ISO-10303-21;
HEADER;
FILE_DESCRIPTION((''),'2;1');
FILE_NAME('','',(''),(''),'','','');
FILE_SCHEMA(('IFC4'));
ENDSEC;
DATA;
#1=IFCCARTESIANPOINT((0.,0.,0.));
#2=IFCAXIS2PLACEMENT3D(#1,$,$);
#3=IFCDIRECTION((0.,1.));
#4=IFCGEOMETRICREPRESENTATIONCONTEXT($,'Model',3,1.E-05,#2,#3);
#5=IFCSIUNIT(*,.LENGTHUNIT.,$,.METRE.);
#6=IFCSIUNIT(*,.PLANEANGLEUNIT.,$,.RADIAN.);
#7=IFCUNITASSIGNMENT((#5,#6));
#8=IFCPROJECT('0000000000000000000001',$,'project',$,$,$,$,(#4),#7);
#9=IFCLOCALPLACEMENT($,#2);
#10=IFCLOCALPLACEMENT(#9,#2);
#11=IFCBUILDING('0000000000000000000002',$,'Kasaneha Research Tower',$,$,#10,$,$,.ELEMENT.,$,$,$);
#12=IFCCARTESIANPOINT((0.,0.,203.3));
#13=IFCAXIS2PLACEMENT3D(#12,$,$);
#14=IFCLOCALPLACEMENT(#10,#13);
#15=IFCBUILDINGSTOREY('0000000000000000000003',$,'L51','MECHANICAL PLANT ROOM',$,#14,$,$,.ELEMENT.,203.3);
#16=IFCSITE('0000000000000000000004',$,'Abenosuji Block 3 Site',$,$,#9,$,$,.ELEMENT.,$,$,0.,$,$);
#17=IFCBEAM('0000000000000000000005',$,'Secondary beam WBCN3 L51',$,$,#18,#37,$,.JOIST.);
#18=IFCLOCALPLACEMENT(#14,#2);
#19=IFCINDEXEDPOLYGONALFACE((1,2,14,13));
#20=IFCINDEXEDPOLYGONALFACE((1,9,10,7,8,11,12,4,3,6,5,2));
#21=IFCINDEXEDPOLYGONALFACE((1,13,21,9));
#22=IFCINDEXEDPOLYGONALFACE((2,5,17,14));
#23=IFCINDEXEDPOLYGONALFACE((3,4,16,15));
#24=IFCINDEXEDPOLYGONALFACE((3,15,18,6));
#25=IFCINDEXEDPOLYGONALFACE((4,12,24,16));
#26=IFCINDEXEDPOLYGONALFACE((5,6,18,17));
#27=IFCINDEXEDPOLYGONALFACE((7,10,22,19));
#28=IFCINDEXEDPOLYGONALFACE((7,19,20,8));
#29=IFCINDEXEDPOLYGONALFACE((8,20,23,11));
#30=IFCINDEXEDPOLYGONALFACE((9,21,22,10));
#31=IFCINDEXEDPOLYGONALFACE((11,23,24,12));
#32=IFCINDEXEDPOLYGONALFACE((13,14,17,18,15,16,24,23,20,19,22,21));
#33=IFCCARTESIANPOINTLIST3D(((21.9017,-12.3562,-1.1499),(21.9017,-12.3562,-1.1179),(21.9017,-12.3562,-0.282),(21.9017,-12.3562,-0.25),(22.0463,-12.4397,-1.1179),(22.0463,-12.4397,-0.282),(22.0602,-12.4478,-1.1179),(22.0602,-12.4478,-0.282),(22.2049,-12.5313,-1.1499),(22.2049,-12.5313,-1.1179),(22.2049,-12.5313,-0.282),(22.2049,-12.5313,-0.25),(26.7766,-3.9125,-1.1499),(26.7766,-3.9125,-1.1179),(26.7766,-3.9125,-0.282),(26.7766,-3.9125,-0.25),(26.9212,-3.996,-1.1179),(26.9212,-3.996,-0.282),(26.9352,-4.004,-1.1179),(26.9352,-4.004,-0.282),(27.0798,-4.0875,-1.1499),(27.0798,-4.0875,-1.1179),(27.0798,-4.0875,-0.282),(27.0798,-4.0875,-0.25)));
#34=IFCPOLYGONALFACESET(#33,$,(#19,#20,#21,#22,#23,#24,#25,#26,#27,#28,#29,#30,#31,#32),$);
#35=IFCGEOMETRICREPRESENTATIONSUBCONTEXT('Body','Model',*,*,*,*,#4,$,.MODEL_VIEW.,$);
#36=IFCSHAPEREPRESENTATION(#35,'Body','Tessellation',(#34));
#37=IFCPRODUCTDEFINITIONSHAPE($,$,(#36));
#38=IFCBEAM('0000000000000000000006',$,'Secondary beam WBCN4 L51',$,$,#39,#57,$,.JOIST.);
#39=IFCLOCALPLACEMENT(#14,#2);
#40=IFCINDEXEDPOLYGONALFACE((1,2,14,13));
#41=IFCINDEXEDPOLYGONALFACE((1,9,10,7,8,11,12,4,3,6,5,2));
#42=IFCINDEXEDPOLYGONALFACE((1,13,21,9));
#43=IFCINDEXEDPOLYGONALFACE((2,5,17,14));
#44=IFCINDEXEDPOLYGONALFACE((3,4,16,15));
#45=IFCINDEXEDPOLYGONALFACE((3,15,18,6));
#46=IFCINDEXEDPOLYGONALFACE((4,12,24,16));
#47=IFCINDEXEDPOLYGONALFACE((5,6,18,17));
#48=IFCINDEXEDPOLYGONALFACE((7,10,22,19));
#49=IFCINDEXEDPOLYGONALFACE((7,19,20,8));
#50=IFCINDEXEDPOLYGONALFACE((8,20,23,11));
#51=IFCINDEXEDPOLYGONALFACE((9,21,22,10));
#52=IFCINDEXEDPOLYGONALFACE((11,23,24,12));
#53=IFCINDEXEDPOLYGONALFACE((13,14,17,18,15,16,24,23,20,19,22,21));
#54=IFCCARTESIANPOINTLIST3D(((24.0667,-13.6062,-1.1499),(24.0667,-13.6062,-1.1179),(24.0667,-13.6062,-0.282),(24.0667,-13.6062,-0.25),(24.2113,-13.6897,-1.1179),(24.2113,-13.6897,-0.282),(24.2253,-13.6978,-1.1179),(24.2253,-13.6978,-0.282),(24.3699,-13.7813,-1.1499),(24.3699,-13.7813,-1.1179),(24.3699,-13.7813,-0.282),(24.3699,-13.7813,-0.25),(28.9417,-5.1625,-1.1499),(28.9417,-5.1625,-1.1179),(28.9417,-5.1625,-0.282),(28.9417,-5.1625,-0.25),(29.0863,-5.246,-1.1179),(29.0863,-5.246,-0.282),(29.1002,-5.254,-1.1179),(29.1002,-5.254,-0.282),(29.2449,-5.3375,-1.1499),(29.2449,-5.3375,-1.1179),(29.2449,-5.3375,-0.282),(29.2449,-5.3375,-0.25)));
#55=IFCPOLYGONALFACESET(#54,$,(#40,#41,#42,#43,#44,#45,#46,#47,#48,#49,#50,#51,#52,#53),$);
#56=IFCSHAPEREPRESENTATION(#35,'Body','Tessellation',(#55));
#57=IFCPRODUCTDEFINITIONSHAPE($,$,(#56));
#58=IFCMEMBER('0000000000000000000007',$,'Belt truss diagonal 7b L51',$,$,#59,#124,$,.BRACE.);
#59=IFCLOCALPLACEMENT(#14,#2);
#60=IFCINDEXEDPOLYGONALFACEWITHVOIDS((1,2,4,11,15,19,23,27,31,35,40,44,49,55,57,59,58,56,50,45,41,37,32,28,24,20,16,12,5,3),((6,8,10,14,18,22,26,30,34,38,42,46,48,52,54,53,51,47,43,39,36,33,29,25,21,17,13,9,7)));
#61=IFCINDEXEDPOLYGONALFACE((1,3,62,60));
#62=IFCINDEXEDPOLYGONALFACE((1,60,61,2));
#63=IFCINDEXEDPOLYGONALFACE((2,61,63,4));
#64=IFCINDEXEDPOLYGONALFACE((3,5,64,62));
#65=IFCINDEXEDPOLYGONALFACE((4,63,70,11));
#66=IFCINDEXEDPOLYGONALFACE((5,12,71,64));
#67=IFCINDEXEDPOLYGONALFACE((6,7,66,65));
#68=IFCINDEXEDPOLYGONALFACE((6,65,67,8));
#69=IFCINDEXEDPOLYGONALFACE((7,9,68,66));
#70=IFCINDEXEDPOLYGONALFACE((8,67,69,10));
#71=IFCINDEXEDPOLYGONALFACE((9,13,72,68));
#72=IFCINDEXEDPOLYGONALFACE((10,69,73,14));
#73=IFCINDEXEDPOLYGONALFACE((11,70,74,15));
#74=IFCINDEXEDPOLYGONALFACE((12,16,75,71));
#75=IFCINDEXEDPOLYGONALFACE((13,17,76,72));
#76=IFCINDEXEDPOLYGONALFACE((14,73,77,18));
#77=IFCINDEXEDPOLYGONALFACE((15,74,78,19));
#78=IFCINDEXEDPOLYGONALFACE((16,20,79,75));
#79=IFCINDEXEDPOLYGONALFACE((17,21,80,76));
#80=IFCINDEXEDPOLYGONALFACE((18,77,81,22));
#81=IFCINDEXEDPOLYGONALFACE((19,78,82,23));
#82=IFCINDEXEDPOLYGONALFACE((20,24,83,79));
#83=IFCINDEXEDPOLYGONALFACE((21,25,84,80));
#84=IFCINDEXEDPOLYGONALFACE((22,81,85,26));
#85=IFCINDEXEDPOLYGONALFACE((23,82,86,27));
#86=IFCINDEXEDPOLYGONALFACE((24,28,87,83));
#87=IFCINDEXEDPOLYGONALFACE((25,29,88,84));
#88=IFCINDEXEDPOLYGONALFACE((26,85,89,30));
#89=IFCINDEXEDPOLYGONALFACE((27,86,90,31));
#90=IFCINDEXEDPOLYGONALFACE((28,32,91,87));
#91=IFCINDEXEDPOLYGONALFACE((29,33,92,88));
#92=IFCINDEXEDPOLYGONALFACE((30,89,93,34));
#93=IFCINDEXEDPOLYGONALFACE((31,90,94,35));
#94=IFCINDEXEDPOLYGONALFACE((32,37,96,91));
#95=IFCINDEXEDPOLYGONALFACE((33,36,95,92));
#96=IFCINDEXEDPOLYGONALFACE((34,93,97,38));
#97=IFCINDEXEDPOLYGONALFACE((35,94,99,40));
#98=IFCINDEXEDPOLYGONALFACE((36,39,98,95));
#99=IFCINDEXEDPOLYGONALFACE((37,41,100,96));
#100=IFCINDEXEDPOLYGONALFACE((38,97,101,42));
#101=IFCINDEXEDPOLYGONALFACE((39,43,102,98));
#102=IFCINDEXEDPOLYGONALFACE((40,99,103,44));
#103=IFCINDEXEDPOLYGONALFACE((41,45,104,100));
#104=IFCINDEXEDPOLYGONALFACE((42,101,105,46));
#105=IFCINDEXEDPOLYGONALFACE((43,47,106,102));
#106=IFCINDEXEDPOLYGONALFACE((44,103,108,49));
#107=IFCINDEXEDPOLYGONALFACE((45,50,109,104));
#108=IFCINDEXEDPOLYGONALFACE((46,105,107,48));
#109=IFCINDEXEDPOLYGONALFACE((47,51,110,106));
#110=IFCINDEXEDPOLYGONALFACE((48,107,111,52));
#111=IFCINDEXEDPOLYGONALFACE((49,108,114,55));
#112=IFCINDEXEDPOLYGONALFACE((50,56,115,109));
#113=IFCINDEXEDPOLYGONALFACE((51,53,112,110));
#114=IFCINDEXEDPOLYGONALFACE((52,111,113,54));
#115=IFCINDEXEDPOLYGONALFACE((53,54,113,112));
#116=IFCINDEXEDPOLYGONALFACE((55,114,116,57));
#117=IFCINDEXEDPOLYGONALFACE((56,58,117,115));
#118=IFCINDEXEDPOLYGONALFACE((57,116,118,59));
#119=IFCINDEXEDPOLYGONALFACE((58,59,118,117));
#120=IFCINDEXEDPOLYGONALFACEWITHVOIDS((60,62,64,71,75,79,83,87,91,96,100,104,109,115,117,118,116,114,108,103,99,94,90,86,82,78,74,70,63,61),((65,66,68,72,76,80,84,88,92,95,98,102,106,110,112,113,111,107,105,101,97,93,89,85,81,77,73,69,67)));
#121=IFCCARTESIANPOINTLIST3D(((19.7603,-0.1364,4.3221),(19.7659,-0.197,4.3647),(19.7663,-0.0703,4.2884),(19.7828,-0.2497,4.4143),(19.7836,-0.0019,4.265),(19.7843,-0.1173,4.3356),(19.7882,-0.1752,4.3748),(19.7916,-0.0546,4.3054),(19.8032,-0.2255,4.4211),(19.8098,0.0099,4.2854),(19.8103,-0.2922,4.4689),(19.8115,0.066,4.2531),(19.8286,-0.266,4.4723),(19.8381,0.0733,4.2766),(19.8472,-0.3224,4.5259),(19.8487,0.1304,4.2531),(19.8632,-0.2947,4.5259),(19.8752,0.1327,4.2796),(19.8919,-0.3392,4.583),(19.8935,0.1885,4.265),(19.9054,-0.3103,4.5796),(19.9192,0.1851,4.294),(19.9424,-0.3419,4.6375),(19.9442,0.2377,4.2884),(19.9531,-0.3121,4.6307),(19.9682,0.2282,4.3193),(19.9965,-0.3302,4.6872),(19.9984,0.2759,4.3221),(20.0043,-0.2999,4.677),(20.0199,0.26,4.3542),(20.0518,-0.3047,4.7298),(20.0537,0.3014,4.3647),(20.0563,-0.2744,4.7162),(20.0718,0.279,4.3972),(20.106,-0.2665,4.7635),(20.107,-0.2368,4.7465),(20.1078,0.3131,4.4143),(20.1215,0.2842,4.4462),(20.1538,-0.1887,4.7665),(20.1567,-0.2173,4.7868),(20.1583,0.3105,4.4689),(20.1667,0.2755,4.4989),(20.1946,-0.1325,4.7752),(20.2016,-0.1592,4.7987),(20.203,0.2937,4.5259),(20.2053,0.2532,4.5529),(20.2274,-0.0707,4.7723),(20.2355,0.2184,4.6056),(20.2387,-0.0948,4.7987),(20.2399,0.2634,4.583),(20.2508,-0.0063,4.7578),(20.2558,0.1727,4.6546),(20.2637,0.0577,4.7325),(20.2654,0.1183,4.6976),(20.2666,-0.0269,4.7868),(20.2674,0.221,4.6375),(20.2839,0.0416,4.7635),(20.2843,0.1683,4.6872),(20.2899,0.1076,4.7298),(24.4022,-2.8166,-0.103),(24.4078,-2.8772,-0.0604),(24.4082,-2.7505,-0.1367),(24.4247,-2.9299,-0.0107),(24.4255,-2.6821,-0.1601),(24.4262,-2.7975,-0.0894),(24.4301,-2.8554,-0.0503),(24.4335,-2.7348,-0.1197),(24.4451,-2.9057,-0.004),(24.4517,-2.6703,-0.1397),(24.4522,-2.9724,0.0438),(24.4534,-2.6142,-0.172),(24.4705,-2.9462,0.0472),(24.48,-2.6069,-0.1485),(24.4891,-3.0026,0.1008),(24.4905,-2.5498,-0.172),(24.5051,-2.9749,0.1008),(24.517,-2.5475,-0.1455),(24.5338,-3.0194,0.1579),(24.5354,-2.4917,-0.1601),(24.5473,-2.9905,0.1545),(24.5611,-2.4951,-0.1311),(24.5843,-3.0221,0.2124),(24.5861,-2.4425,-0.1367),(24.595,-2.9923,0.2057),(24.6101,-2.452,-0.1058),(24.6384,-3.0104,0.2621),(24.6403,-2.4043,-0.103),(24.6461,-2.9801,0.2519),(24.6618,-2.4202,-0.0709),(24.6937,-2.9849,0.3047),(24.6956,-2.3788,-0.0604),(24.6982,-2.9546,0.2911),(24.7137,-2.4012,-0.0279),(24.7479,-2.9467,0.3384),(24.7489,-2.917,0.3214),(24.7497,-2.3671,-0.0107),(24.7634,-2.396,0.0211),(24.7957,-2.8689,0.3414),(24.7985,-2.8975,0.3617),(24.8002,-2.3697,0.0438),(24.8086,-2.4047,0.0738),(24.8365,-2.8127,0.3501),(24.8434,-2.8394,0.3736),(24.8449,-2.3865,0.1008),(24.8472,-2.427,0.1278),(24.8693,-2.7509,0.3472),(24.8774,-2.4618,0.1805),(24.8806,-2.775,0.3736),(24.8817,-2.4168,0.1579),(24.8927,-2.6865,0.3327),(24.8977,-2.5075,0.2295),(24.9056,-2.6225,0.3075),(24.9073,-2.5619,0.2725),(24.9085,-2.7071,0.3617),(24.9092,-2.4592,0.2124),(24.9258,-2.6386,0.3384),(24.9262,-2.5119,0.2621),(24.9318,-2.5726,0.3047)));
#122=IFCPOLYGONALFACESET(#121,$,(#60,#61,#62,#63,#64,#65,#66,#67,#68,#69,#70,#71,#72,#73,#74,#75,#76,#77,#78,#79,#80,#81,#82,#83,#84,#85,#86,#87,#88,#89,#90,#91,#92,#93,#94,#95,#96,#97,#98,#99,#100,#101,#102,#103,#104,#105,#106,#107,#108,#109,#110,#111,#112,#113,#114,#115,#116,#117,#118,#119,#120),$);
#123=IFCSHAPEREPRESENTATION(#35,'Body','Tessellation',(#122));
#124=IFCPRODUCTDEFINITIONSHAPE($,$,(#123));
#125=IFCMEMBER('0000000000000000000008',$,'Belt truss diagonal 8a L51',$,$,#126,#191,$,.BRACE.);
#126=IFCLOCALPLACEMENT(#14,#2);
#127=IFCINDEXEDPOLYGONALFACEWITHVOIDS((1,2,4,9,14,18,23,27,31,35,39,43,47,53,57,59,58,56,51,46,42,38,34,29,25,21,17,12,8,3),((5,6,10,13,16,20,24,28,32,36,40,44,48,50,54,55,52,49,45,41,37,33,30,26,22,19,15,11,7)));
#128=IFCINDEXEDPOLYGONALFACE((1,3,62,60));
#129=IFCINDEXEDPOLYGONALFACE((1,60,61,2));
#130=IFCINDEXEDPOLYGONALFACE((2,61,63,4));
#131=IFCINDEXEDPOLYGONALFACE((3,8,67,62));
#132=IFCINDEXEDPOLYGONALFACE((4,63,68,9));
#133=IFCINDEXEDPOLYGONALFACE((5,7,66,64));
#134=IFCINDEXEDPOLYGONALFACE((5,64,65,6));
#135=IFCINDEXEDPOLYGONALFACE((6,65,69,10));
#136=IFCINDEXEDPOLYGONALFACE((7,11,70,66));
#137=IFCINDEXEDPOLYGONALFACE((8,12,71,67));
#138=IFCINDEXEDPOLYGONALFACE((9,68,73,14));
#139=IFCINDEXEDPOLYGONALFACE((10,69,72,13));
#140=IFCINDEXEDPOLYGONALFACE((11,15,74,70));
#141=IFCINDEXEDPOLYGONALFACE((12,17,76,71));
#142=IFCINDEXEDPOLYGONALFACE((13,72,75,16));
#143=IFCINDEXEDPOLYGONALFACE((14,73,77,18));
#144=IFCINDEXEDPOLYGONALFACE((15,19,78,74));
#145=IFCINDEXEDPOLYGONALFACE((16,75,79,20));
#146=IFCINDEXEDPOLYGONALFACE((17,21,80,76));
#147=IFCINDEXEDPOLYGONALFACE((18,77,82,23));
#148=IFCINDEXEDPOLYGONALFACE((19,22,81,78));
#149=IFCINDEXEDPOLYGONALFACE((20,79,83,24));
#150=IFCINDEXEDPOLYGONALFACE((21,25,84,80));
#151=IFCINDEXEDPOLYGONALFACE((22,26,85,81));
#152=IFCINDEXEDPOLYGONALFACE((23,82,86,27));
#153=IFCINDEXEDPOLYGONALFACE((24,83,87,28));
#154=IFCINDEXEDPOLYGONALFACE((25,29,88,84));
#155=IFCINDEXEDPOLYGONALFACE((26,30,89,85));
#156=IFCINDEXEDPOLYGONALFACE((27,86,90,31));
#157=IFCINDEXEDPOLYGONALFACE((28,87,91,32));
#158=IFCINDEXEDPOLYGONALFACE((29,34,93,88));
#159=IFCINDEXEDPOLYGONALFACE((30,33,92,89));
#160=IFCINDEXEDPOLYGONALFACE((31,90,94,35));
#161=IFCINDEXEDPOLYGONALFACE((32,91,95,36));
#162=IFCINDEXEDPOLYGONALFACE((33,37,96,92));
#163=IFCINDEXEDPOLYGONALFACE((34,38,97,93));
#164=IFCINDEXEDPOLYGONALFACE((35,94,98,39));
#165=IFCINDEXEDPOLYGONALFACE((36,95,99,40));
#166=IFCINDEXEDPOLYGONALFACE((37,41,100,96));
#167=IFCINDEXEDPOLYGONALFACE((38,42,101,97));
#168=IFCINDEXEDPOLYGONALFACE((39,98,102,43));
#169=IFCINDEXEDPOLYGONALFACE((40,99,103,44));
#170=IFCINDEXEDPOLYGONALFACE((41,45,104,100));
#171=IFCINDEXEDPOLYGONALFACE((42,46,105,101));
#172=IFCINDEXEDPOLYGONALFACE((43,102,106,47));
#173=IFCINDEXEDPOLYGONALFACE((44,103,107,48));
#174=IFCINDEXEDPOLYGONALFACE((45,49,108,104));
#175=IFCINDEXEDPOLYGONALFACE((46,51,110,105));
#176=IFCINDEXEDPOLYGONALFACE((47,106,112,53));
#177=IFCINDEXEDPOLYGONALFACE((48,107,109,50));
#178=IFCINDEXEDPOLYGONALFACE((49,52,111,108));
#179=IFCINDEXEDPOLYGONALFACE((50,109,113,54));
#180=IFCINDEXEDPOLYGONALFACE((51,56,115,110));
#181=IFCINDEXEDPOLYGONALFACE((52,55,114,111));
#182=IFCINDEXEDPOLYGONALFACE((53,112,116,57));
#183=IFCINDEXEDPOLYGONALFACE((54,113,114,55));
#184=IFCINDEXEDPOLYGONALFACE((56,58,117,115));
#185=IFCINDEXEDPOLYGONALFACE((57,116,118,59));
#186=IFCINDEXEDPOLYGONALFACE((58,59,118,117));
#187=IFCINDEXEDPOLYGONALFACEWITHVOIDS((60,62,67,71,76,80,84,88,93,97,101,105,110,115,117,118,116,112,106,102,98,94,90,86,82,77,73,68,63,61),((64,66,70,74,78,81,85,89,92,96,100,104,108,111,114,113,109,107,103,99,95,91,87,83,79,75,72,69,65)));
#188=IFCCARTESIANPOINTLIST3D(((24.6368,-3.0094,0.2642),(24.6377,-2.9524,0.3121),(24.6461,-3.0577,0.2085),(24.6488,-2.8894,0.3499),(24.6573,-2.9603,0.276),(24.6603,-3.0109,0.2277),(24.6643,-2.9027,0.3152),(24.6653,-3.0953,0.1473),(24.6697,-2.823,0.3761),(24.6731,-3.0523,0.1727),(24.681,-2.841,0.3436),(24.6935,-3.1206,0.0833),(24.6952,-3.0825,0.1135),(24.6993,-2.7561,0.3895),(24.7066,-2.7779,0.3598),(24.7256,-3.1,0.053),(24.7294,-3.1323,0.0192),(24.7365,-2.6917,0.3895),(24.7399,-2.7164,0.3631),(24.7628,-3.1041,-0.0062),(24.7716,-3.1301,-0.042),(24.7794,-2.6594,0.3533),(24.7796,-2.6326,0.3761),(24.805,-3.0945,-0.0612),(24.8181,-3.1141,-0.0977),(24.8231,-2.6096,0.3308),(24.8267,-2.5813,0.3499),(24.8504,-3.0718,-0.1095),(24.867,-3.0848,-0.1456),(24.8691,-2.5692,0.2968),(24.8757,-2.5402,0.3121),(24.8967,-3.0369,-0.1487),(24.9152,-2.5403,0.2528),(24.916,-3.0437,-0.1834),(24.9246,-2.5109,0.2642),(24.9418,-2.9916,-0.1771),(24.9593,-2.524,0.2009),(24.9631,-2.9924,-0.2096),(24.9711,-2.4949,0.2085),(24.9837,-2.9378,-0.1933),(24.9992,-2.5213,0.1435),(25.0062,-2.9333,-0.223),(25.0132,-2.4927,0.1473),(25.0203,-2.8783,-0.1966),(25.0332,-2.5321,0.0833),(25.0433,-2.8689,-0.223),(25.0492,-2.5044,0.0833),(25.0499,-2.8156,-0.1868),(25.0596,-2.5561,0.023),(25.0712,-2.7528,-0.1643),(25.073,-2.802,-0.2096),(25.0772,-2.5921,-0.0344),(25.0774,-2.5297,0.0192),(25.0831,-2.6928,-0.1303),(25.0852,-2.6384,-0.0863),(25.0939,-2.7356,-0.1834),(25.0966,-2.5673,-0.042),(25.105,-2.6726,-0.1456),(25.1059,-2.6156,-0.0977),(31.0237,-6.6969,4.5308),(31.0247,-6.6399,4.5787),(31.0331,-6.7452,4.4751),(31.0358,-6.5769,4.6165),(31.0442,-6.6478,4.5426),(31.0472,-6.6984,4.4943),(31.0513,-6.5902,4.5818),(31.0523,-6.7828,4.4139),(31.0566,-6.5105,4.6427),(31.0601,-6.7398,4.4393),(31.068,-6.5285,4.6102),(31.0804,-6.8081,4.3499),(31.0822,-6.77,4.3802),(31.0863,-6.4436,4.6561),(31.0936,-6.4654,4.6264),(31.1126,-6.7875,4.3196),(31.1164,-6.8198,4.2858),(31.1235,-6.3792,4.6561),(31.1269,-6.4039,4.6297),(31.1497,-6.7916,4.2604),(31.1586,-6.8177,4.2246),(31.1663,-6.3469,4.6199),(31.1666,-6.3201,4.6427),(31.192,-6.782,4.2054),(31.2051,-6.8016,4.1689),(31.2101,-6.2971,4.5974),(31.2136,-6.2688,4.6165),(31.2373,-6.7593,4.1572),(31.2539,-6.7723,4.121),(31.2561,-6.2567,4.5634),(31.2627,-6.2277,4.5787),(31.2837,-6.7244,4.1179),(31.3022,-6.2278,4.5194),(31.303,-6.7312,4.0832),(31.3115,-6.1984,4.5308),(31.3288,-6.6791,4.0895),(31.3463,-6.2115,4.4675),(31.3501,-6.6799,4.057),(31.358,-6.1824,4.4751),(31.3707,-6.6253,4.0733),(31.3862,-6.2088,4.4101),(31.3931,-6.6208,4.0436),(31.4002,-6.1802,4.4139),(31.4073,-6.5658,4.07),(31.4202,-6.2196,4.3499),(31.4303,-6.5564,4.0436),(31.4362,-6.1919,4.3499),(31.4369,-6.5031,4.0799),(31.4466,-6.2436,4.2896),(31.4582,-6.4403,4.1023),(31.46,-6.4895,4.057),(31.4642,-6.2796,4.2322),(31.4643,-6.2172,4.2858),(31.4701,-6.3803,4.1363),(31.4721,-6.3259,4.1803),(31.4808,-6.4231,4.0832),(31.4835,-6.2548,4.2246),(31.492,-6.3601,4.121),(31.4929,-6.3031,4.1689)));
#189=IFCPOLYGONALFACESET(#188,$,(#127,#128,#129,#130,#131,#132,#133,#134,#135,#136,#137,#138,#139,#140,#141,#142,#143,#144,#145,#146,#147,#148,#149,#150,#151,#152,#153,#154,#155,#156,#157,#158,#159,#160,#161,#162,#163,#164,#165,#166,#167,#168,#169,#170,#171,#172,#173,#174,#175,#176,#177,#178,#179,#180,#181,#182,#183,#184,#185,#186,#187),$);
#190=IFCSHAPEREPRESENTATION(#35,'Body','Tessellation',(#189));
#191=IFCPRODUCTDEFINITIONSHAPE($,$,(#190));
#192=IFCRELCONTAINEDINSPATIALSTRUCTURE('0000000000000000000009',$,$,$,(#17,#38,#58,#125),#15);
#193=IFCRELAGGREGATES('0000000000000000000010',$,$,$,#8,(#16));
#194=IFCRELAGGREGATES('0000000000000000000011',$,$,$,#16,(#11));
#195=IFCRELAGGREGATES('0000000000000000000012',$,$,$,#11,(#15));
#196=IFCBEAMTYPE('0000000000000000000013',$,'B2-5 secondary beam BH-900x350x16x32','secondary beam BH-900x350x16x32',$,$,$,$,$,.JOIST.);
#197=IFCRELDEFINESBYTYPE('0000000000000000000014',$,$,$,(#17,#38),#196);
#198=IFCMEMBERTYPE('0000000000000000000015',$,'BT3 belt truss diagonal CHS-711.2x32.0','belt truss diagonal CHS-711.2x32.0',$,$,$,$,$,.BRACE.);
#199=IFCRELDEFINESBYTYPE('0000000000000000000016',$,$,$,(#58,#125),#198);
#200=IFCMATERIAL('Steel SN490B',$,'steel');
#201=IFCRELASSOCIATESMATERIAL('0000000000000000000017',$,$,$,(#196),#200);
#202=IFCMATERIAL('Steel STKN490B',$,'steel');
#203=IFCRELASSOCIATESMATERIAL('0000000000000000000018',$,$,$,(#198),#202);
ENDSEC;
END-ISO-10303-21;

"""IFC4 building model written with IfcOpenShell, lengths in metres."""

from ifc_helpers import new_model, si_unit, direction, frame, origin, origin_2d, place, context, subcontext, project, spatial, hollow_circle, i_section, extrude, material, material_profile, profile_set, type_object, element, save


model = new_model("IFC4")

# Units and contexts
model_context = context("Model", 3, precision=1e-05, world=origin(), true_north=direction((0.0, 1.0)))
body_context = subcontext(model_context, "Body", "Model", "MODEL_VIEW")
ifc_project = project(units=[si_unit("LENGTHUNIT", "METRE"), si_unit("PLANEANGLEUNIT", "RADIAN")], contexts=[model_context])

# Site, building, storey
site_placement = place(None, origin())
site = spatial("IfcSite", under=ifc_project, at=site_placement, Name="Abenosuji Block 3 Site", CompositionType="ELEMENT", RefElevation=0.0)
building_placement = place(site_placement, origin())
building = spatial("IfcBuilding", under=site, at=building_placement, Name="Kasaneha Research Tower", CompositionType="ELEMENT")
storey_placement = place(building_placement, frame((0.0, 0.0, 203.3)))
storey = spatial("IfcBuildingStorey", under=building, at=storey_placement, Name="L51", Description="MECHANICAL PLANT ROOM", CompositionType="ELEMENT", Elevation=203.3)

# Beams
ifc_material_1 = material(Name="Steel SN490B", Category="steel")
ifc_material_profile_1 = material_profile(ifc_material_1, i_section(OverallWidth=0.3501, OverallDepth=0.8999, WebThickness=0.0161, FlangeThickness=0.032, at=origin_2d()), Name="BH-900x350x16x32")
ifc_profile_set_1 = profile_set([ifc_material_profile_1], Name="Steel SN490B")
beam_type_1 = type_object("IfcBeamType", Name="B2-5 secondary beam BH-900x350x16x32", Description="secondary beam BH-900x350x16x32", PredefinedType="JOIST", material=ifc_profile_set_1)
for number, where, z_axis, x_axis, name in (
    (1, (26.9282, -4.0, -0.7), (-0.499996, -0.866028, 0.0), (0.866028, -0.499996, 0.0), "Secondary beam WBCN3 L51"),
    (2, (29.0933, -5.25, -0.7), (-0.499996, -0.866028, 0.0), (0.866028, -0.499996, 0.0), "Secondary beam WBCN4 L51"),
):
    element("IfcBeam", number, at=place(storey_placement, frame(where, z_axis=z_axis, x_axis=x_axis)), inside=storey, type_object=beam_type_1, Name=name, PredefinedType="JOIST", context=body_context, shape_type="SweptSolid", body=[
        extrude(i_section(OverallWidth=0.3501, OverallDepth=0.8999, WebThickness=0.0161, FlangeThickness=0.032, at=origin_2d()), origin(), (0.0, 0.0, 1.0), 9.75),
    ])

# Members
ifc_material_2 = material(Name="Steel STKN490B", Category="steel")
ifc_material_profile_2 = material_profile(ifc_material_2, hollow_circle(Radius=0.3557, WallThickness=0.032, at=origin_2d()), Name="CHS-711.2x32.0")
ifc_profile_set_2 = profile_set([ifc_material_profile_2], Name="Steel STKN490B")
member_type = type_object("IfcMemberType", Name="BT3 belt truss diagonal CHS-711.2x32.0", Description="belt truss diagonal CHS-711.2x32.0", PredefinedType="BRACE", material=ifc_profile_set_2)
member_placement = place(storey_placement, frame((24.667, -2.6946, 0.1008), z_axis=(-0.667832, 0.385602, 0.636641), x_axis=(-0.500029, -0.866009, 0.0)))
element("IfcMember", 3, at=member_placement, inside=storey, type_object=member_type, Name="Belt truss diagonal 7b L51", PredefinedType="BRACE", context=body_context, shape_type="SweptSolid", body=[
    extrude(hollow_circle(Radius=0.3557, WallThickness=0.032, at=origin_2d()), origin(), (0.0, 0.0, 1.0), 6.9507),
])
for number, where, z_axis, x_axis, name in (
    (4, (24.8713, -2.8125, 0.0833), (0.749621, -0.432792, 0.50076), (0.499999, 0.866026, 0.0), "Belt truss diagonal 8a L51"),
):
    element("IfcMember", number, at=place(storey_placement, frame(where, z_axis=z_axis, x_axis=x_axis)), inside=storey, type_object=member_type, Name=name, PredefinedType="BRACE", context=body_context, shape_type="SweptSolid", body=[
        extrude(hollow_circle(Radius=0.3557, WallThickness=0.032, at=origin_2d()), origin(), (0.0, 0.0, 1.0), 8.5203),
    ])

save(model, "model.ifc")
